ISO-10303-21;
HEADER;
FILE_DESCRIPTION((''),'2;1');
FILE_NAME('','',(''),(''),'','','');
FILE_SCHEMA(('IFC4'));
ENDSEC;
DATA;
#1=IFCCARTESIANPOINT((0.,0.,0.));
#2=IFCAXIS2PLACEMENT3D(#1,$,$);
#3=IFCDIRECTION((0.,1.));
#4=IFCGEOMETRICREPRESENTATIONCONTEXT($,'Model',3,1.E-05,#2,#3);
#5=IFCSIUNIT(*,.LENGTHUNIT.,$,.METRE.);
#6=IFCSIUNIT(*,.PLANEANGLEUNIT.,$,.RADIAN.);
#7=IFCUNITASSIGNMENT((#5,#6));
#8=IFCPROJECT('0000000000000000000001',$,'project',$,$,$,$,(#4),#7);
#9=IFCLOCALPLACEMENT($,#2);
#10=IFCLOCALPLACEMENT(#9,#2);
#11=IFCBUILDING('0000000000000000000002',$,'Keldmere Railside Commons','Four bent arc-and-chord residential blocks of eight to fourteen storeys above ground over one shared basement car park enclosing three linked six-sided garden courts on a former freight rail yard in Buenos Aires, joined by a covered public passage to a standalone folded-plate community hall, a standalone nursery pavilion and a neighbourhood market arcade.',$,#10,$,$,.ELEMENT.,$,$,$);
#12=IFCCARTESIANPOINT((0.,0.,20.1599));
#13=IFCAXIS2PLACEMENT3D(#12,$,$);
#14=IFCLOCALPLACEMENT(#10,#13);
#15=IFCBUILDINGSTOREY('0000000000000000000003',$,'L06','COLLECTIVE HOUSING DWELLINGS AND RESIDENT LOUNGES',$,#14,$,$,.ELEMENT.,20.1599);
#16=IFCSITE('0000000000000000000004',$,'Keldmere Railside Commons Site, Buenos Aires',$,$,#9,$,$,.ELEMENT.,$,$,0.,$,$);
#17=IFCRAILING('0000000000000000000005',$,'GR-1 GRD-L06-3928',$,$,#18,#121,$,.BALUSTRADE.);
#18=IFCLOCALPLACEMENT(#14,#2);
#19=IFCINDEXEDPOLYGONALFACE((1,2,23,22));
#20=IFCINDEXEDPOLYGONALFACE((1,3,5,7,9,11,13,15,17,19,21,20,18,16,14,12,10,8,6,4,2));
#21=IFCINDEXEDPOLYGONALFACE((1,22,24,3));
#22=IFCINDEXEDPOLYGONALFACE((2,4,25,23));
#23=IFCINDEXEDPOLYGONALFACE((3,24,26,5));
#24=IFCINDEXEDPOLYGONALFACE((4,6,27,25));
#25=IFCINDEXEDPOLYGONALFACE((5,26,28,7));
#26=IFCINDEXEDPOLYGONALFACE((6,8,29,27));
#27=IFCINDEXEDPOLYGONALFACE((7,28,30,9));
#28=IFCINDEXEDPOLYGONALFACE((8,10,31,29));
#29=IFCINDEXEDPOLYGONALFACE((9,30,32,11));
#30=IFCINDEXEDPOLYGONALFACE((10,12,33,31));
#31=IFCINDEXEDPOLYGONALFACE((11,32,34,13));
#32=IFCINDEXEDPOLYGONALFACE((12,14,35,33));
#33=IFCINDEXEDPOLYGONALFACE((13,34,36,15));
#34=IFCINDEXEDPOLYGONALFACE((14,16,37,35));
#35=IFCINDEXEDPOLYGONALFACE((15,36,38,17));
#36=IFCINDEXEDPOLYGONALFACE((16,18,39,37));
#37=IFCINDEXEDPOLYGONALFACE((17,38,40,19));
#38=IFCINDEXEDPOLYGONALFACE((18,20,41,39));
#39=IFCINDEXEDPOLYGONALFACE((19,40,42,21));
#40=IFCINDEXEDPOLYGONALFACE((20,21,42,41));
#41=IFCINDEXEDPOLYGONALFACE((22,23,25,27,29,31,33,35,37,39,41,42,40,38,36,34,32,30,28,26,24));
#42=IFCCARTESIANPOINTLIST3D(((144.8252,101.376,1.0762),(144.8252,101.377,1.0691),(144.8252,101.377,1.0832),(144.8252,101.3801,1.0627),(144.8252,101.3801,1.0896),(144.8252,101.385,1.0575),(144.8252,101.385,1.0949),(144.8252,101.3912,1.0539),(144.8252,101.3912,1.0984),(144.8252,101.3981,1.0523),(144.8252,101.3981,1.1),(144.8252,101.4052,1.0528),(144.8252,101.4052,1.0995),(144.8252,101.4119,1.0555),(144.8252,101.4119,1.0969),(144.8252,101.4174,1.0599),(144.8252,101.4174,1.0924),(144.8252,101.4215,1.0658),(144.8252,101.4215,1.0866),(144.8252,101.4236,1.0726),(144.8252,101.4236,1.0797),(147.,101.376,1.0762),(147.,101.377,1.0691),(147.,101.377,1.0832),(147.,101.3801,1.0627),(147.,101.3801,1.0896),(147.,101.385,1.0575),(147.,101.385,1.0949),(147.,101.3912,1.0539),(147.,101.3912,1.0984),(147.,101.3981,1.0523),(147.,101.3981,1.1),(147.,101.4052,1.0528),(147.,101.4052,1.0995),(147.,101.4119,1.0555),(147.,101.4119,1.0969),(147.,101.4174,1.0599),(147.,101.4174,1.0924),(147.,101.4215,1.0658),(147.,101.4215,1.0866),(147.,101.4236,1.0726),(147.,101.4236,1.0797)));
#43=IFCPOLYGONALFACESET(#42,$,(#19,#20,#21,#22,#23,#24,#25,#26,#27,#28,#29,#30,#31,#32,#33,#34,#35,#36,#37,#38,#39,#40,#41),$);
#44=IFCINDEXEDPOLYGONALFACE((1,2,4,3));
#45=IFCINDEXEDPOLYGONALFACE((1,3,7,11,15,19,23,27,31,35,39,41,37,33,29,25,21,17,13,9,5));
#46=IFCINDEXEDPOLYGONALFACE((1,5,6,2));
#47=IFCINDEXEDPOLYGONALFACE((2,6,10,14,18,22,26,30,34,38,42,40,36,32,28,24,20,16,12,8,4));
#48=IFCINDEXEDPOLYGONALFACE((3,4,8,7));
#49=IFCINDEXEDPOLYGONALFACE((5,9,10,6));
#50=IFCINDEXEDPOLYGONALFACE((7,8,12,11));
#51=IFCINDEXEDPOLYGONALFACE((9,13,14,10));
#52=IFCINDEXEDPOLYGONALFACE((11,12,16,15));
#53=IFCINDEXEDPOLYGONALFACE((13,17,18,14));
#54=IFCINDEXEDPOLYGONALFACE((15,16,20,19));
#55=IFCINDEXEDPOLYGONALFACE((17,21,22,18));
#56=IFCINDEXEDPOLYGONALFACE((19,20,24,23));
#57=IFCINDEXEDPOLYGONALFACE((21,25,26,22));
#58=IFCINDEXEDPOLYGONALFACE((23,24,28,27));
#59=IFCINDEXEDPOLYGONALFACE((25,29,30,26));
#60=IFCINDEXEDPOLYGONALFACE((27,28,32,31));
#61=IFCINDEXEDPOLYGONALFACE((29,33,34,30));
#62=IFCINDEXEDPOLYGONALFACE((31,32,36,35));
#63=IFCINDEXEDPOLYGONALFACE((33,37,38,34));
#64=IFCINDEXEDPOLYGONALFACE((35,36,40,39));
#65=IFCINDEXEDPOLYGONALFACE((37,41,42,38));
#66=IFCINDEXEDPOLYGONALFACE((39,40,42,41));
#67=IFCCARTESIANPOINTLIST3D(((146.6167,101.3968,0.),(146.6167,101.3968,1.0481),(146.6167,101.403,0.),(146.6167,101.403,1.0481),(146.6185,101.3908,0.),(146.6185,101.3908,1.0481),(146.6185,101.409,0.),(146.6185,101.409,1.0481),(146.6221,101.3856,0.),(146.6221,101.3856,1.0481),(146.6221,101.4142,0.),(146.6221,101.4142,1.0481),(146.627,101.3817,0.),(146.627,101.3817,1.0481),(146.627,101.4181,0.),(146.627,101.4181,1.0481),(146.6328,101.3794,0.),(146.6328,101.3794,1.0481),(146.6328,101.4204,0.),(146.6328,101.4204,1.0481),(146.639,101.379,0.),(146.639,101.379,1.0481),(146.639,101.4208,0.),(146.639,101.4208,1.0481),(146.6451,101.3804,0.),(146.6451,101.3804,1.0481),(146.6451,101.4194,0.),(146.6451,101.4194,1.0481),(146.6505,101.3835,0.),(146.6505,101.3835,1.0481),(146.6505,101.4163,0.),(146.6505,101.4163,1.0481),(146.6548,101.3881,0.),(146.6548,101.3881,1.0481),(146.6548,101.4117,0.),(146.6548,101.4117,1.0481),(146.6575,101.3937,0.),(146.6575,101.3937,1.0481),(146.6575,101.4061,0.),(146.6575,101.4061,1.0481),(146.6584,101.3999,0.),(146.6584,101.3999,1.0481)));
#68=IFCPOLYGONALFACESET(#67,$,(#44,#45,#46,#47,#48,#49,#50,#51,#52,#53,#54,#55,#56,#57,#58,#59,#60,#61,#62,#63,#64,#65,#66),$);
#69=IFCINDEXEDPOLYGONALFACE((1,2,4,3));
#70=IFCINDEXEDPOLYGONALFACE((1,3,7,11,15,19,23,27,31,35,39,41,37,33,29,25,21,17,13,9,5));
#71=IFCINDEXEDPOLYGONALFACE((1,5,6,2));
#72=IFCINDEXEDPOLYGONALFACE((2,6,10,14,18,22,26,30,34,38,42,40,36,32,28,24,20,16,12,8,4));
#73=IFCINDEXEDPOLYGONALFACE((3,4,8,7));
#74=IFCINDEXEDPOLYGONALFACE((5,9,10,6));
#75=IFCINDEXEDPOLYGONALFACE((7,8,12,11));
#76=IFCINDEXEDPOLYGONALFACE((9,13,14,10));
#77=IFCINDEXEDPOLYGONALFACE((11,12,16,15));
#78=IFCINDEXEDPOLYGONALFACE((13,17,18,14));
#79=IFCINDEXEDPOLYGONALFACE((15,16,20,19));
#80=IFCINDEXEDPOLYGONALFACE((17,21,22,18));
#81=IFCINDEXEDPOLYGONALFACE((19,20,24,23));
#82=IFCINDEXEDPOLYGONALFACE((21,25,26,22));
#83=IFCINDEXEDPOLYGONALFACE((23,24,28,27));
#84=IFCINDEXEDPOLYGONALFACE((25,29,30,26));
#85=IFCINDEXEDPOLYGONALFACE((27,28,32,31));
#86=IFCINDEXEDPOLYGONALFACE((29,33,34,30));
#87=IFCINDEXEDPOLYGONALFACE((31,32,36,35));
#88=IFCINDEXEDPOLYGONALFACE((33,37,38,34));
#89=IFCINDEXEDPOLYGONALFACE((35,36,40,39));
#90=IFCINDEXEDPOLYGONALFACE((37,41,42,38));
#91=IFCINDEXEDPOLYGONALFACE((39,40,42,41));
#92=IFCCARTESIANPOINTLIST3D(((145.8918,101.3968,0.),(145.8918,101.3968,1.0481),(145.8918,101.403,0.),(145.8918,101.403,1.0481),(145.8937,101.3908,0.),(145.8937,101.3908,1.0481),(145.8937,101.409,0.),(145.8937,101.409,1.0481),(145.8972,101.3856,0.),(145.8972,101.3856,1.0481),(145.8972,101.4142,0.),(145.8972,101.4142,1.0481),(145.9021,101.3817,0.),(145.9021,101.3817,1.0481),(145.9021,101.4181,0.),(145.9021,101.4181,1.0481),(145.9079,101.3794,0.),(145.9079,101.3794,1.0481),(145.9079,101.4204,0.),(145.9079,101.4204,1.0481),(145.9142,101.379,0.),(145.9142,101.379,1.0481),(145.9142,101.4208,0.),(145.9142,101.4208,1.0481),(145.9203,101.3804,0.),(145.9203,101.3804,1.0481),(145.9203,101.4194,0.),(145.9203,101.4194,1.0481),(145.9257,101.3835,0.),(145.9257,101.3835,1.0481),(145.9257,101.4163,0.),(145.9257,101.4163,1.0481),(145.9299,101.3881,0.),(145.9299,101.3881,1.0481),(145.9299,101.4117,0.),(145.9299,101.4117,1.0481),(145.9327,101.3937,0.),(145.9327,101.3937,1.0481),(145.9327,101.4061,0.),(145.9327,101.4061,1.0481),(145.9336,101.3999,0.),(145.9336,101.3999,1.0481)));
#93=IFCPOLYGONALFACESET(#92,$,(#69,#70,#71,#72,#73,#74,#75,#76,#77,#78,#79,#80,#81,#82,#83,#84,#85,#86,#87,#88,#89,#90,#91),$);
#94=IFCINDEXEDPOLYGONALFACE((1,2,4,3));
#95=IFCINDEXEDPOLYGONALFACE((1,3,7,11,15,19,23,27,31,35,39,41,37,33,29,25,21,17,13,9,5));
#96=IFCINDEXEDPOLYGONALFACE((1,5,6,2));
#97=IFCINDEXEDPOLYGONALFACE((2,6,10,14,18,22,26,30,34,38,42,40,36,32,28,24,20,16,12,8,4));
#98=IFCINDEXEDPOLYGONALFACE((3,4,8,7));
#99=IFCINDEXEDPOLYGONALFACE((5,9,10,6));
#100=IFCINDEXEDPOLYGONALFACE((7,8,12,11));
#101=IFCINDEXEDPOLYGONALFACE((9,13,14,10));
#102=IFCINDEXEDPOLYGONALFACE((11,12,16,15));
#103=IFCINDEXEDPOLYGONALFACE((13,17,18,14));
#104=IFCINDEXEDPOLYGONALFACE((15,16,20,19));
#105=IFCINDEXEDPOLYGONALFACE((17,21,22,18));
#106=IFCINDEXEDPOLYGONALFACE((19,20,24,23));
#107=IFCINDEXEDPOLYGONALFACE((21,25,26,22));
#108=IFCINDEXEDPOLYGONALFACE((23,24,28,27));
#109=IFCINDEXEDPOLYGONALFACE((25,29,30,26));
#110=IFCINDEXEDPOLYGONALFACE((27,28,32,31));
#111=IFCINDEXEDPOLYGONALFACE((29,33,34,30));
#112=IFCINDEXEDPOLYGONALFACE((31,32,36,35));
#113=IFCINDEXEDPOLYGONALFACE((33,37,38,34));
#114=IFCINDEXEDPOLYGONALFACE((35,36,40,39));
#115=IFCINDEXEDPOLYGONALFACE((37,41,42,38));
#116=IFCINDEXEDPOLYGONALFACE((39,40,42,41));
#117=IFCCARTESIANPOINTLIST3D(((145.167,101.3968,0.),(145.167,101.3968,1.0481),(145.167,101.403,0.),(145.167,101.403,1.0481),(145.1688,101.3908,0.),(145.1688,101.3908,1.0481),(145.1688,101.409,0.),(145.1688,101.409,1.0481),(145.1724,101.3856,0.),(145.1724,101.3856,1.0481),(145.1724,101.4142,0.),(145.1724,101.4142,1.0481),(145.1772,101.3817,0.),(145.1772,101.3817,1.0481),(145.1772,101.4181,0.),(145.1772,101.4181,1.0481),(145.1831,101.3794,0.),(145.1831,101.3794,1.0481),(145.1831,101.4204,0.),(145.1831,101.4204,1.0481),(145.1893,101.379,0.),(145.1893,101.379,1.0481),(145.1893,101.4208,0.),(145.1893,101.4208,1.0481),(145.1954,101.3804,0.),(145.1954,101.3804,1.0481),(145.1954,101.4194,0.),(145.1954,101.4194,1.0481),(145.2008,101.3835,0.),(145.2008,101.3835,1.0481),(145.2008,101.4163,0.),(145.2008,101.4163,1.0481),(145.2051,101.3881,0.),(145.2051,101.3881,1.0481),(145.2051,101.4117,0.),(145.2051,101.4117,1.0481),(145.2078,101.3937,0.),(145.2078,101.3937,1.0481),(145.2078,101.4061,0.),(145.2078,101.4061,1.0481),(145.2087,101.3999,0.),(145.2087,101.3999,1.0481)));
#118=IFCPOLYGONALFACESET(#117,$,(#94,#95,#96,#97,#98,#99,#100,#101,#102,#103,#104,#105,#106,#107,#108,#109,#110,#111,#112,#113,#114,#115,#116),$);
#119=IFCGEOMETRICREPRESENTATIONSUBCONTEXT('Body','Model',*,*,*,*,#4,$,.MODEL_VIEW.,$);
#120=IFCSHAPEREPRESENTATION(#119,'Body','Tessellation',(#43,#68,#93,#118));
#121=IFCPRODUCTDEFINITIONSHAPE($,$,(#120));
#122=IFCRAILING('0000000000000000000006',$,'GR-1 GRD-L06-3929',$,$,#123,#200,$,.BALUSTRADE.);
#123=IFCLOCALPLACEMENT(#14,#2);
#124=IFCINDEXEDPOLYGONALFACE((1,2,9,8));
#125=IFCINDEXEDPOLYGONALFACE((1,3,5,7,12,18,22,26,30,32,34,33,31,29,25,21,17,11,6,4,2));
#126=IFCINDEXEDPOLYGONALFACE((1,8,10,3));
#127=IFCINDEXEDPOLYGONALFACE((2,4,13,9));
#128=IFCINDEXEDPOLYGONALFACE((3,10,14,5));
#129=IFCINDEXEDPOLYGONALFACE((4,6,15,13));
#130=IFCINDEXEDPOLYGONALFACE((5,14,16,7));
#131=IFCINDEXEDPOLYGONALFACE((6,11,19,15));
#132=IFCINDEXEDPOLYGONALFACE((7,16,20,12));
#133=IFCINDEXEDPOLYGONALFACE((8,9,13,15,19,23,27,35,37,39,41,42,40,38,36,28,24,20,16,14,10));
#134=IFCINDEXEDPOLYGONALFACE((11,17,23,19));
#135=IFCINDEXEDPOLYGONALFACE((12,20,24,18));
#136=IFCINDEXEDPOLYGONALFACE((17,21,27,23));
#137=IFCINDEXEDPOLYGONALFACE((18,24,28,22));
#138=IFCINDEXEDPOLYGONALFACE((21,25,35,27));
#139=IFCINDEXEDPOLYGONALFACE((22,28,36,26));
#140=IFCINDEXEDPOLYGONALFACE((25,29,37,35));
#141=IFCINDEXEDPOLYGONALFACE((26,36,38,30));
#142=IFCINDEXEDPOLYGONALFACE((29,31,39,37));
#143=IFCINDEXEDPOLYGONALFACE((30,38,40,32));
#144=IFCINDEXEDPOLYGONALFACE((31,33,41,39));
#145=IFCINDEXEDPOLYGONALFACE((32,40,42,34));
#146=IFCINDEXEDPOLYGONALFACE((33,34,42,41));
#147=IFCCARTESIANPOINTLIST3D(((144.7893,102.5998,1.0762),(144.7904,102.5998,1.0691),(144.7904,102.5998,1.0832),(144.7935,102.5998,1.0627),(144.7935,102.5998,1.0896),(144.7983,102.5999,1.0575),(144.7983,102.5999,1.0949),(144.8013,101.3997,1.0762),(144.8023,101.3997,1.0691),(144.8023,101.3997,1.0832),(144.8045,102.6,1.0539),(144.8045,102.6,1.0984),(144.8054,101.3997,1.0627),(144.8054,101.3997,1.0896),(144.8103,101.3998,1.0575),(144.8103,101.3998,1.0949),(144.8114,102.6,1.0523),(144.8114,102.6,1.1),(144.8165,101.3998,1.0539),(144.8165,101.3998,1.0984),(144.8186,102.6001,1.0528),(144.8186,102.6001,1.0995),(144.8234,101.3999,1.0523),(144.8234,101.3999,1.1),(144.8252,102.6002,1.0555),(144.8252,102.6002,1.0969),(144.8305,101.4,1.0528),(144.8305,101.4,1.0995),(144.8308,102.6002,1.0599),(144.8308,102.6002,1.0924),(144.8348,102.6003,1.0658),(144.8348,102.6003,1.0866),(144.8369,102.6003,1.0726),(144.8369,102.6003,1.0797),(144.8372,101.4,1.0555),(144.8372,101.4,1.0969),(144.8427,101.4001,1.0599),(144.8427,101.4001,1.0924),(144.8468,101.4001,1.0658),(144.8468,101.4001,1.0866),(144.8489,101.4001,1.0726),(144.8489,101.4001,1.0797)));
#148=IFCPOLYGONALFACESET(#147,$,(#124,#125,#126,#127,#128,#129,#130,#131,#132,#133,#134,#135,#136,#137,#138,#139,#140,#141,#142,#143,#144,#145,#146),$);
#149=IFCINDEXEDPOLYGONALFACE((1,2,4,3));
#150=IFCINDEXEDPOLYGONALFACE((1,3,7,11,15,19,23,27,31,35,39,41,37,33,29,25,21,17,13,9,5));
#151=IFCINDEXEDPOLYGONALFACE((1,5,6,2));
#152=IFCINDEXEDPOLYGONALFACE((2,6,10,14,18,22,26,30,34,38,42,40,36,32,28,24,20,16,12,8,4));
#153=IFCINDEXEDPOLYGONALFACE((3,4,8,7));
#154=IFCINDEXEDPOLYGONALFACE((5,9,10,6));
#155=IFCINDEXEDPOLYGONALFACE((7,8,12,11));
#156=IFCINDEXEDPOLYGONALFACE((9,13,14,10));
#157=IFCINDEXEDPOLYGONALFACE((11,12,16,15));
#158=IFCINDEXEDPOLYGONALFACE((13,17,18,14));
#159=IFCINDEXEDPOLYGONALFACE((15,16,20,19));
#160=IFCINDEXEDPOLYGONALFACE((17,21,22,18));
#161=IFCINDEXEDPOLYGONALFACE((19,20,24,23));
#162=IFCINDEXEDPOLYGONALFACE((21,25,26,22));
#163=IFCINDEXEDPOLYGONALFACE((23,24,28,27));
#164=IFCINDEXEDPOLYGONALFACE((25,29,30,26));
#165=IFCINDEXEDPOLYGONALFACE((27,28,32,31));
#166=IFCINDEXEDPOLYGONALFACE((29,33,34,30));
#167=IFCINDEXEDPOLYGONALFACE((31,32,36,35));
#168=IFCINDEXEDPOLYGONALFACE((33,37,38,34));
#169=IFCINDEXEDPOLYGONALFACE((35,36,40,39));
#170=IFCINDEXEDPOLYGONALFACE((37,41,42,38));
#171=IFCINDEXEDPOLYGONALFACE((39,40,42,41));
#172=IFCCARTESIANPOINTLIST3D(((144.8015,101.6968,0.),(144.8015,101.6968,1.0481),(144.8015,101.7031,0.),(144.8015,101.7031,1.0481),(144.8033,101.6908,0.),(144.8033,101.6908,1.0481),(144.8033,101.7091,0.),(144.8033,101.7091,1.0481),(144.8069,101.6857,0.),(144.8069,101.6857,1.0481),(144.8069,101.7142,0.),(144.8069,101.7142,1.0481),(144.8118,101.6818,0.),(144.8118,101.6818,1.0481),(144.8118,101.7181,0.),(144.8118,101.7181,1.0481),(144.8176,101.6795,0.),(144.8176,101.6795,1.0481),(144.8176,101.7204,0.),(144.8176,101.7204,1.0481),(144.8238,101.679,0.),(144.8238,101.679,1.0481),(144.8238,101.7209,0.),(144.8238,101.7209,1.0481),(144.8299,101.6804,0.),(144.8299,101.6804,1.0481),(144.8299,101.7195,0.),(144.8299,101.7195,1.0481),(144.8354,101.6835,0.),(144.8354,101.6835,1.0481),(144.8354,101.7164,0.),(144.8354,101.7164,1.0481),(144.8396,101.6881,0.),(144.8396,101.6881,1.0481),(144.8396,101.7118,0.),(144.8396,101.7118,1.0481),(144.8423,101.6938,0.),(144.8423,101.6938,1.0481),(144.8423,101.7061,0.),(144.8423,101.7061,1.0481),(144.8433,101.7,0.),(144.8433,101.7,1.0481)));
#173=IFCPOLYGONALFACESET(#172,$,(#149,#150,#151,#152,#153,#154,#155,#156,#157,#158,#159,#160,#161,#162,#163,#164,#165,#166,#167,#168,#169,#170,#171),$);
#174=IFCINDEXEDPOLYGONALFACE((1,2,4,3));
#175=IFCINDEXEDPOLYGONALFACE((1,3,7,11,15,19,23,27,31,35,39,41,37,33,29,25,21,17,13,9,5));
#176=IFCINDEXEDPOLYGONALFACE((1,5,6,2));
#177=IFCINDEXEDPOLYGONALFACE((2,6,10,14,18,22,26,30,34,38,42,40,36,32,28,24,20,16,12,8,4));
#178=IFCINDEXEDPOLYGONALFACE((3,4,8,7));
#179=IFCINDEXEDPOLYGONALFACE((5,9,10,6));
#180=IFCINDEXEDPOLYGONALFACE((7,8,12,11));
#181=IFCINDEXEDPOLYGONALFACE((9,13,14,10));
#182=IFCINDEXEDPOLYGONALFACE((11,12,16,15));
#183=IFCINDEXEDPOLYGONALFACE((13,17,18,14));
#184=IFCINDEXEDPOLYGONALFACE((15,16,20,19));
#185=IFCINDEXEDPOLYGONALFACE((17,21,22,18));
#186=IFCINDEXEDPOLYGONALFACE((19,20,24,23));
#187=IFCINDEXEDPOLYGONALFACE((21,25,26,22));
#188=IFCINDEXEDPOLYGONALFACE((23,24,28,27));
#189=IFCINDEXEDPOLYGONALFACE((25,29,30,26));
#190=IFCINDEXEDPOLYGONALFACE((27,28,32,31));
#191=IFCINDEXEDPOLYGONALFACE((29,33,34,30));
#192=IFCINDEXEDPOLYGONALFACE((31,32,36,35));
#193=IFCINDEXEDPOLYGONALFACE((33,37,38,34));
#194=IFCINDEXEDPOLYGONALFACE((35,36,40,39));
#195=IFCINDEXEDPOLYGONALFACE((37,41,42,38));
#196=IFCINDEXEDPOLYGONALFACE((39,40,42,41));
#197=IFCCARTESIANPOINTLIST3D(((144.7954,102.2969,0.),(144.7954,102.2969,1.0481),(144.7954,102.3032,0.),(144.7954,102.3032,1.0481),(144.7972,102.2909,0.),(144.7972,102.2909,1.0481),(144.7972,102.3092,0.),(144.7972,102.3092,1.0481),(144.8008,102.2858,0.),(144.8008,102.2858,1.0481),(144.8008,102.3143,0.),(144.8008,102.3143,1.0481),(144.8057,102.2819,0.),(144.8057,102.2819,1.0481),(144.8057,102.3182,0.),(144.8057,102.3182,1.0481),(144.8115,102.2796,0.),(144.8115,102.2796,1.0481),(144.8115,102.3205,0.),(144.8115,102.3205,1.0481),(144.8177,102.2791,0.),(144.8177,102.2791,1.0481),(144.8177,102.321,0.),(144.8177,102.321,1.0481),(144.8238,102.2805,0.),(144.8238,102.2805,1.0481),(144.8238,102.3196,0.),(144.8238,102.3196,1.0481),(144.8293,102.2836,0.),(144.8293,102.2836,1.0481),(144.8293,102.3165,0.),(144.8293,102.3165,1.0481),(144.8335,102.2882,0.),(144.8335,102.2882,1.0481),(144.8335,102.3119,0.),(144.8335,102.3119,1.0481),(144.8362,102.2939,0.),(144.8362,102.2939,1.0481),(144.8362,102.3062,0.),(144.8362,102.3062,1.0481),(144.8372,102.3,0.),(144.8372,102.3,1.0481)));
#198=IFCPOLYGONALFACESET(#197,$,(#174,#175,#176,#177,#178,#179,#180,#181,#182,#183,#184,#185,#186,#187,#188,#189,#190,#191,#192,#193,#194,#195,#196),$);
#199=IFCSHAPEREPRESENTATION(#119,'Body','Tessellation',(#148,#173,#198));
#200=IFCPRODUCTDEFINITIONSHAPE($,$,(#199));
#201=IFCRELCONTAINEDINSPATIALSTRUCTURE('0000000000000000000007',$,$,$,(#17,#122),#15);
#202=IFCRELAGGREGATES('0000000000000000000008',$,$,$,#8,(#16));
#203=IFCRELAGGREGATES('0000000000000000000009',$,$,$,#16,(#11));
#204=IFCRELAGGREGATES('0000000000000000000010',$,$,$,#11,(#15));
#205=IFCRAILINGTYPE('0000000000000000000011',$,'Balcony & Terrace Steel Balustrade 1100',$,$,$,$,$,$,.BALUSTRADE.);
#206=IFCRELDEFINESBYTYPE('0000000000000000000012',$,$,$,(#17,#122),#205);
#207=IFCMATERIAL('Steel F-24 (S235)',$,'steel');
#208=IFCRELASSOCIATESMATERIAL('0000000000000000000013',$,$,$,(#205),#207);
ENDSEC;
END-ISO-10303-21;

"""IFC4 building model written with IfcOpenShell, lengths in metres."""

from ifc_helpers import new_model, si_unit, direction, frame, origin, origin_2d, place, context, subcontext, project, spatial, circle, extrude, material, type_object, element, save


model = new_model("IFC4")

# Units and contexts
model_context = context("Model", 3, precision=1e-05, world=origin(), true_north=direction((0.0, 1.0)))
body_context = subcontext(model_context, "Body", "Model", "MODEL_VIEW")
ifc_project = project(units=[si_unit("LENGTHUNIT", "METRE"), si_unit("PLANEANGLEUNIT", "RADIAN")], contexts=[model_context])

# Site, building, storey
site_placement = place(None, origin())
site = spatial("IfcSite", under=ifc_project, at=site_placement, Name="Keldmere Railside Commons Site, Buenos Aires", CompositionType="ELEMENT", RefElevation=0.0)
building_placement = place(site_placement, origin())
building = spatial("IfcBuilding", under=site, at=building_placement, Name="Keldmere Railside Commons", Description="Four bent arc-and-chord residential blocks of eight to fourteen storeys above ground over one shared basement car park enclosing three linked six-sided garden courts on a former freight rail yard in Buenos Aires, joined by a covered public passage to a standalone folded-plate community hall, a standalone nursery pavilion and a neighbourhood market arcade.", CompositionType="ELEMENT")
storey_placement = place(building_placement, frame((0.0, 0.0, 20.1599)))
storey = spatial("IfcBuildingStorey", under=building, at=storey_placement, Name="L06", Description="COLLECTIVE HOUSING DWELLINGS AND RESIDENT LOUNGES", CompositionType="ELEMENT", Elevation=20.1599)

# Shared definitions
ifc_material_1 = material(Name="Steel F-24 (S235)", Category="steel")

# Railings
railing_type_1 = type_object("IfcRailingType", Name="Balcony & Terrace Steel Balustrade 1100", PredefinedType="BALUSTRADE", material=ifc_material_1)
railing_1_placement = place(storey_placement, frame((147.0, 101.3999, 0.0)))
element("IfcRailing", 1, at=railing_1_placement, inside=storey, type_object=railing_type_1, Name="GR-1 GRD-L06-3928", PredefinedType="BALUSTRADE", context=body_context, shape_type="SweptSolid", body=[
    extrude(circle(Radius=0.0239, at=origin_2d()), frame((0.0, 0.0, 1.0762), z_axis=(-1.0, 0.0, 0.0), x_axis=(0.0, -1.0, 0.0)), (0.0, 0.0, 1.0), 2.1748),
    extrude(circle(Radius=0.021, at=origin_2d()), frame((-0.3625, 0.0, 0.0)), (0.0, 0.0, 1.0), 1.0481),
    extrude(circle(Radius=0.021, at=origin_2d()), frame((-1.0874, 0.0, 0.0)), (0.0, 0.0, 1.0), 1.0481),
    extrude(circle(Radius=0.021, at=origin_2d()), frame((-1.8123, 0.0, 0.0)), (0.0, 0.0, 1.0), 1.0481),
])
railing_2_placement = place(storey_placement, frame((144.8252, 101.3999, 0.0)))
element("IfcRailing", 2, at=railing_2_placement, inside=storey, type_object=railing_type_1, Name="GR-1 GRD-L06-3929", PredefinedType="BALUSTRADE", context=body_context, shape_type="SweptSolid", body=[
    extrude(circle(Radius=0.0239, at=origin_2d()), frame((0.0, 0.0, 1.0762), z_axis=(-0.009967, 0.99995, 0.0), x_axis=(-0.99995, -0.009967, 0.0)), (0.0, 0.0, 1.0), 1.2002),
    extrude(circle(Radius=0.021, at=origin_2d()), frame((-0.0029, 0.3, 0.0)), (0.0, 0.0, 1.0), 1.0481),
    extrude(circle(Radius=0.021, at=origin_2d()), frame((-0.009, 0.9001, 0.0)), (0.0, 0.0, 1.0), 1.0481),
])

save(model, "model.ifc")
